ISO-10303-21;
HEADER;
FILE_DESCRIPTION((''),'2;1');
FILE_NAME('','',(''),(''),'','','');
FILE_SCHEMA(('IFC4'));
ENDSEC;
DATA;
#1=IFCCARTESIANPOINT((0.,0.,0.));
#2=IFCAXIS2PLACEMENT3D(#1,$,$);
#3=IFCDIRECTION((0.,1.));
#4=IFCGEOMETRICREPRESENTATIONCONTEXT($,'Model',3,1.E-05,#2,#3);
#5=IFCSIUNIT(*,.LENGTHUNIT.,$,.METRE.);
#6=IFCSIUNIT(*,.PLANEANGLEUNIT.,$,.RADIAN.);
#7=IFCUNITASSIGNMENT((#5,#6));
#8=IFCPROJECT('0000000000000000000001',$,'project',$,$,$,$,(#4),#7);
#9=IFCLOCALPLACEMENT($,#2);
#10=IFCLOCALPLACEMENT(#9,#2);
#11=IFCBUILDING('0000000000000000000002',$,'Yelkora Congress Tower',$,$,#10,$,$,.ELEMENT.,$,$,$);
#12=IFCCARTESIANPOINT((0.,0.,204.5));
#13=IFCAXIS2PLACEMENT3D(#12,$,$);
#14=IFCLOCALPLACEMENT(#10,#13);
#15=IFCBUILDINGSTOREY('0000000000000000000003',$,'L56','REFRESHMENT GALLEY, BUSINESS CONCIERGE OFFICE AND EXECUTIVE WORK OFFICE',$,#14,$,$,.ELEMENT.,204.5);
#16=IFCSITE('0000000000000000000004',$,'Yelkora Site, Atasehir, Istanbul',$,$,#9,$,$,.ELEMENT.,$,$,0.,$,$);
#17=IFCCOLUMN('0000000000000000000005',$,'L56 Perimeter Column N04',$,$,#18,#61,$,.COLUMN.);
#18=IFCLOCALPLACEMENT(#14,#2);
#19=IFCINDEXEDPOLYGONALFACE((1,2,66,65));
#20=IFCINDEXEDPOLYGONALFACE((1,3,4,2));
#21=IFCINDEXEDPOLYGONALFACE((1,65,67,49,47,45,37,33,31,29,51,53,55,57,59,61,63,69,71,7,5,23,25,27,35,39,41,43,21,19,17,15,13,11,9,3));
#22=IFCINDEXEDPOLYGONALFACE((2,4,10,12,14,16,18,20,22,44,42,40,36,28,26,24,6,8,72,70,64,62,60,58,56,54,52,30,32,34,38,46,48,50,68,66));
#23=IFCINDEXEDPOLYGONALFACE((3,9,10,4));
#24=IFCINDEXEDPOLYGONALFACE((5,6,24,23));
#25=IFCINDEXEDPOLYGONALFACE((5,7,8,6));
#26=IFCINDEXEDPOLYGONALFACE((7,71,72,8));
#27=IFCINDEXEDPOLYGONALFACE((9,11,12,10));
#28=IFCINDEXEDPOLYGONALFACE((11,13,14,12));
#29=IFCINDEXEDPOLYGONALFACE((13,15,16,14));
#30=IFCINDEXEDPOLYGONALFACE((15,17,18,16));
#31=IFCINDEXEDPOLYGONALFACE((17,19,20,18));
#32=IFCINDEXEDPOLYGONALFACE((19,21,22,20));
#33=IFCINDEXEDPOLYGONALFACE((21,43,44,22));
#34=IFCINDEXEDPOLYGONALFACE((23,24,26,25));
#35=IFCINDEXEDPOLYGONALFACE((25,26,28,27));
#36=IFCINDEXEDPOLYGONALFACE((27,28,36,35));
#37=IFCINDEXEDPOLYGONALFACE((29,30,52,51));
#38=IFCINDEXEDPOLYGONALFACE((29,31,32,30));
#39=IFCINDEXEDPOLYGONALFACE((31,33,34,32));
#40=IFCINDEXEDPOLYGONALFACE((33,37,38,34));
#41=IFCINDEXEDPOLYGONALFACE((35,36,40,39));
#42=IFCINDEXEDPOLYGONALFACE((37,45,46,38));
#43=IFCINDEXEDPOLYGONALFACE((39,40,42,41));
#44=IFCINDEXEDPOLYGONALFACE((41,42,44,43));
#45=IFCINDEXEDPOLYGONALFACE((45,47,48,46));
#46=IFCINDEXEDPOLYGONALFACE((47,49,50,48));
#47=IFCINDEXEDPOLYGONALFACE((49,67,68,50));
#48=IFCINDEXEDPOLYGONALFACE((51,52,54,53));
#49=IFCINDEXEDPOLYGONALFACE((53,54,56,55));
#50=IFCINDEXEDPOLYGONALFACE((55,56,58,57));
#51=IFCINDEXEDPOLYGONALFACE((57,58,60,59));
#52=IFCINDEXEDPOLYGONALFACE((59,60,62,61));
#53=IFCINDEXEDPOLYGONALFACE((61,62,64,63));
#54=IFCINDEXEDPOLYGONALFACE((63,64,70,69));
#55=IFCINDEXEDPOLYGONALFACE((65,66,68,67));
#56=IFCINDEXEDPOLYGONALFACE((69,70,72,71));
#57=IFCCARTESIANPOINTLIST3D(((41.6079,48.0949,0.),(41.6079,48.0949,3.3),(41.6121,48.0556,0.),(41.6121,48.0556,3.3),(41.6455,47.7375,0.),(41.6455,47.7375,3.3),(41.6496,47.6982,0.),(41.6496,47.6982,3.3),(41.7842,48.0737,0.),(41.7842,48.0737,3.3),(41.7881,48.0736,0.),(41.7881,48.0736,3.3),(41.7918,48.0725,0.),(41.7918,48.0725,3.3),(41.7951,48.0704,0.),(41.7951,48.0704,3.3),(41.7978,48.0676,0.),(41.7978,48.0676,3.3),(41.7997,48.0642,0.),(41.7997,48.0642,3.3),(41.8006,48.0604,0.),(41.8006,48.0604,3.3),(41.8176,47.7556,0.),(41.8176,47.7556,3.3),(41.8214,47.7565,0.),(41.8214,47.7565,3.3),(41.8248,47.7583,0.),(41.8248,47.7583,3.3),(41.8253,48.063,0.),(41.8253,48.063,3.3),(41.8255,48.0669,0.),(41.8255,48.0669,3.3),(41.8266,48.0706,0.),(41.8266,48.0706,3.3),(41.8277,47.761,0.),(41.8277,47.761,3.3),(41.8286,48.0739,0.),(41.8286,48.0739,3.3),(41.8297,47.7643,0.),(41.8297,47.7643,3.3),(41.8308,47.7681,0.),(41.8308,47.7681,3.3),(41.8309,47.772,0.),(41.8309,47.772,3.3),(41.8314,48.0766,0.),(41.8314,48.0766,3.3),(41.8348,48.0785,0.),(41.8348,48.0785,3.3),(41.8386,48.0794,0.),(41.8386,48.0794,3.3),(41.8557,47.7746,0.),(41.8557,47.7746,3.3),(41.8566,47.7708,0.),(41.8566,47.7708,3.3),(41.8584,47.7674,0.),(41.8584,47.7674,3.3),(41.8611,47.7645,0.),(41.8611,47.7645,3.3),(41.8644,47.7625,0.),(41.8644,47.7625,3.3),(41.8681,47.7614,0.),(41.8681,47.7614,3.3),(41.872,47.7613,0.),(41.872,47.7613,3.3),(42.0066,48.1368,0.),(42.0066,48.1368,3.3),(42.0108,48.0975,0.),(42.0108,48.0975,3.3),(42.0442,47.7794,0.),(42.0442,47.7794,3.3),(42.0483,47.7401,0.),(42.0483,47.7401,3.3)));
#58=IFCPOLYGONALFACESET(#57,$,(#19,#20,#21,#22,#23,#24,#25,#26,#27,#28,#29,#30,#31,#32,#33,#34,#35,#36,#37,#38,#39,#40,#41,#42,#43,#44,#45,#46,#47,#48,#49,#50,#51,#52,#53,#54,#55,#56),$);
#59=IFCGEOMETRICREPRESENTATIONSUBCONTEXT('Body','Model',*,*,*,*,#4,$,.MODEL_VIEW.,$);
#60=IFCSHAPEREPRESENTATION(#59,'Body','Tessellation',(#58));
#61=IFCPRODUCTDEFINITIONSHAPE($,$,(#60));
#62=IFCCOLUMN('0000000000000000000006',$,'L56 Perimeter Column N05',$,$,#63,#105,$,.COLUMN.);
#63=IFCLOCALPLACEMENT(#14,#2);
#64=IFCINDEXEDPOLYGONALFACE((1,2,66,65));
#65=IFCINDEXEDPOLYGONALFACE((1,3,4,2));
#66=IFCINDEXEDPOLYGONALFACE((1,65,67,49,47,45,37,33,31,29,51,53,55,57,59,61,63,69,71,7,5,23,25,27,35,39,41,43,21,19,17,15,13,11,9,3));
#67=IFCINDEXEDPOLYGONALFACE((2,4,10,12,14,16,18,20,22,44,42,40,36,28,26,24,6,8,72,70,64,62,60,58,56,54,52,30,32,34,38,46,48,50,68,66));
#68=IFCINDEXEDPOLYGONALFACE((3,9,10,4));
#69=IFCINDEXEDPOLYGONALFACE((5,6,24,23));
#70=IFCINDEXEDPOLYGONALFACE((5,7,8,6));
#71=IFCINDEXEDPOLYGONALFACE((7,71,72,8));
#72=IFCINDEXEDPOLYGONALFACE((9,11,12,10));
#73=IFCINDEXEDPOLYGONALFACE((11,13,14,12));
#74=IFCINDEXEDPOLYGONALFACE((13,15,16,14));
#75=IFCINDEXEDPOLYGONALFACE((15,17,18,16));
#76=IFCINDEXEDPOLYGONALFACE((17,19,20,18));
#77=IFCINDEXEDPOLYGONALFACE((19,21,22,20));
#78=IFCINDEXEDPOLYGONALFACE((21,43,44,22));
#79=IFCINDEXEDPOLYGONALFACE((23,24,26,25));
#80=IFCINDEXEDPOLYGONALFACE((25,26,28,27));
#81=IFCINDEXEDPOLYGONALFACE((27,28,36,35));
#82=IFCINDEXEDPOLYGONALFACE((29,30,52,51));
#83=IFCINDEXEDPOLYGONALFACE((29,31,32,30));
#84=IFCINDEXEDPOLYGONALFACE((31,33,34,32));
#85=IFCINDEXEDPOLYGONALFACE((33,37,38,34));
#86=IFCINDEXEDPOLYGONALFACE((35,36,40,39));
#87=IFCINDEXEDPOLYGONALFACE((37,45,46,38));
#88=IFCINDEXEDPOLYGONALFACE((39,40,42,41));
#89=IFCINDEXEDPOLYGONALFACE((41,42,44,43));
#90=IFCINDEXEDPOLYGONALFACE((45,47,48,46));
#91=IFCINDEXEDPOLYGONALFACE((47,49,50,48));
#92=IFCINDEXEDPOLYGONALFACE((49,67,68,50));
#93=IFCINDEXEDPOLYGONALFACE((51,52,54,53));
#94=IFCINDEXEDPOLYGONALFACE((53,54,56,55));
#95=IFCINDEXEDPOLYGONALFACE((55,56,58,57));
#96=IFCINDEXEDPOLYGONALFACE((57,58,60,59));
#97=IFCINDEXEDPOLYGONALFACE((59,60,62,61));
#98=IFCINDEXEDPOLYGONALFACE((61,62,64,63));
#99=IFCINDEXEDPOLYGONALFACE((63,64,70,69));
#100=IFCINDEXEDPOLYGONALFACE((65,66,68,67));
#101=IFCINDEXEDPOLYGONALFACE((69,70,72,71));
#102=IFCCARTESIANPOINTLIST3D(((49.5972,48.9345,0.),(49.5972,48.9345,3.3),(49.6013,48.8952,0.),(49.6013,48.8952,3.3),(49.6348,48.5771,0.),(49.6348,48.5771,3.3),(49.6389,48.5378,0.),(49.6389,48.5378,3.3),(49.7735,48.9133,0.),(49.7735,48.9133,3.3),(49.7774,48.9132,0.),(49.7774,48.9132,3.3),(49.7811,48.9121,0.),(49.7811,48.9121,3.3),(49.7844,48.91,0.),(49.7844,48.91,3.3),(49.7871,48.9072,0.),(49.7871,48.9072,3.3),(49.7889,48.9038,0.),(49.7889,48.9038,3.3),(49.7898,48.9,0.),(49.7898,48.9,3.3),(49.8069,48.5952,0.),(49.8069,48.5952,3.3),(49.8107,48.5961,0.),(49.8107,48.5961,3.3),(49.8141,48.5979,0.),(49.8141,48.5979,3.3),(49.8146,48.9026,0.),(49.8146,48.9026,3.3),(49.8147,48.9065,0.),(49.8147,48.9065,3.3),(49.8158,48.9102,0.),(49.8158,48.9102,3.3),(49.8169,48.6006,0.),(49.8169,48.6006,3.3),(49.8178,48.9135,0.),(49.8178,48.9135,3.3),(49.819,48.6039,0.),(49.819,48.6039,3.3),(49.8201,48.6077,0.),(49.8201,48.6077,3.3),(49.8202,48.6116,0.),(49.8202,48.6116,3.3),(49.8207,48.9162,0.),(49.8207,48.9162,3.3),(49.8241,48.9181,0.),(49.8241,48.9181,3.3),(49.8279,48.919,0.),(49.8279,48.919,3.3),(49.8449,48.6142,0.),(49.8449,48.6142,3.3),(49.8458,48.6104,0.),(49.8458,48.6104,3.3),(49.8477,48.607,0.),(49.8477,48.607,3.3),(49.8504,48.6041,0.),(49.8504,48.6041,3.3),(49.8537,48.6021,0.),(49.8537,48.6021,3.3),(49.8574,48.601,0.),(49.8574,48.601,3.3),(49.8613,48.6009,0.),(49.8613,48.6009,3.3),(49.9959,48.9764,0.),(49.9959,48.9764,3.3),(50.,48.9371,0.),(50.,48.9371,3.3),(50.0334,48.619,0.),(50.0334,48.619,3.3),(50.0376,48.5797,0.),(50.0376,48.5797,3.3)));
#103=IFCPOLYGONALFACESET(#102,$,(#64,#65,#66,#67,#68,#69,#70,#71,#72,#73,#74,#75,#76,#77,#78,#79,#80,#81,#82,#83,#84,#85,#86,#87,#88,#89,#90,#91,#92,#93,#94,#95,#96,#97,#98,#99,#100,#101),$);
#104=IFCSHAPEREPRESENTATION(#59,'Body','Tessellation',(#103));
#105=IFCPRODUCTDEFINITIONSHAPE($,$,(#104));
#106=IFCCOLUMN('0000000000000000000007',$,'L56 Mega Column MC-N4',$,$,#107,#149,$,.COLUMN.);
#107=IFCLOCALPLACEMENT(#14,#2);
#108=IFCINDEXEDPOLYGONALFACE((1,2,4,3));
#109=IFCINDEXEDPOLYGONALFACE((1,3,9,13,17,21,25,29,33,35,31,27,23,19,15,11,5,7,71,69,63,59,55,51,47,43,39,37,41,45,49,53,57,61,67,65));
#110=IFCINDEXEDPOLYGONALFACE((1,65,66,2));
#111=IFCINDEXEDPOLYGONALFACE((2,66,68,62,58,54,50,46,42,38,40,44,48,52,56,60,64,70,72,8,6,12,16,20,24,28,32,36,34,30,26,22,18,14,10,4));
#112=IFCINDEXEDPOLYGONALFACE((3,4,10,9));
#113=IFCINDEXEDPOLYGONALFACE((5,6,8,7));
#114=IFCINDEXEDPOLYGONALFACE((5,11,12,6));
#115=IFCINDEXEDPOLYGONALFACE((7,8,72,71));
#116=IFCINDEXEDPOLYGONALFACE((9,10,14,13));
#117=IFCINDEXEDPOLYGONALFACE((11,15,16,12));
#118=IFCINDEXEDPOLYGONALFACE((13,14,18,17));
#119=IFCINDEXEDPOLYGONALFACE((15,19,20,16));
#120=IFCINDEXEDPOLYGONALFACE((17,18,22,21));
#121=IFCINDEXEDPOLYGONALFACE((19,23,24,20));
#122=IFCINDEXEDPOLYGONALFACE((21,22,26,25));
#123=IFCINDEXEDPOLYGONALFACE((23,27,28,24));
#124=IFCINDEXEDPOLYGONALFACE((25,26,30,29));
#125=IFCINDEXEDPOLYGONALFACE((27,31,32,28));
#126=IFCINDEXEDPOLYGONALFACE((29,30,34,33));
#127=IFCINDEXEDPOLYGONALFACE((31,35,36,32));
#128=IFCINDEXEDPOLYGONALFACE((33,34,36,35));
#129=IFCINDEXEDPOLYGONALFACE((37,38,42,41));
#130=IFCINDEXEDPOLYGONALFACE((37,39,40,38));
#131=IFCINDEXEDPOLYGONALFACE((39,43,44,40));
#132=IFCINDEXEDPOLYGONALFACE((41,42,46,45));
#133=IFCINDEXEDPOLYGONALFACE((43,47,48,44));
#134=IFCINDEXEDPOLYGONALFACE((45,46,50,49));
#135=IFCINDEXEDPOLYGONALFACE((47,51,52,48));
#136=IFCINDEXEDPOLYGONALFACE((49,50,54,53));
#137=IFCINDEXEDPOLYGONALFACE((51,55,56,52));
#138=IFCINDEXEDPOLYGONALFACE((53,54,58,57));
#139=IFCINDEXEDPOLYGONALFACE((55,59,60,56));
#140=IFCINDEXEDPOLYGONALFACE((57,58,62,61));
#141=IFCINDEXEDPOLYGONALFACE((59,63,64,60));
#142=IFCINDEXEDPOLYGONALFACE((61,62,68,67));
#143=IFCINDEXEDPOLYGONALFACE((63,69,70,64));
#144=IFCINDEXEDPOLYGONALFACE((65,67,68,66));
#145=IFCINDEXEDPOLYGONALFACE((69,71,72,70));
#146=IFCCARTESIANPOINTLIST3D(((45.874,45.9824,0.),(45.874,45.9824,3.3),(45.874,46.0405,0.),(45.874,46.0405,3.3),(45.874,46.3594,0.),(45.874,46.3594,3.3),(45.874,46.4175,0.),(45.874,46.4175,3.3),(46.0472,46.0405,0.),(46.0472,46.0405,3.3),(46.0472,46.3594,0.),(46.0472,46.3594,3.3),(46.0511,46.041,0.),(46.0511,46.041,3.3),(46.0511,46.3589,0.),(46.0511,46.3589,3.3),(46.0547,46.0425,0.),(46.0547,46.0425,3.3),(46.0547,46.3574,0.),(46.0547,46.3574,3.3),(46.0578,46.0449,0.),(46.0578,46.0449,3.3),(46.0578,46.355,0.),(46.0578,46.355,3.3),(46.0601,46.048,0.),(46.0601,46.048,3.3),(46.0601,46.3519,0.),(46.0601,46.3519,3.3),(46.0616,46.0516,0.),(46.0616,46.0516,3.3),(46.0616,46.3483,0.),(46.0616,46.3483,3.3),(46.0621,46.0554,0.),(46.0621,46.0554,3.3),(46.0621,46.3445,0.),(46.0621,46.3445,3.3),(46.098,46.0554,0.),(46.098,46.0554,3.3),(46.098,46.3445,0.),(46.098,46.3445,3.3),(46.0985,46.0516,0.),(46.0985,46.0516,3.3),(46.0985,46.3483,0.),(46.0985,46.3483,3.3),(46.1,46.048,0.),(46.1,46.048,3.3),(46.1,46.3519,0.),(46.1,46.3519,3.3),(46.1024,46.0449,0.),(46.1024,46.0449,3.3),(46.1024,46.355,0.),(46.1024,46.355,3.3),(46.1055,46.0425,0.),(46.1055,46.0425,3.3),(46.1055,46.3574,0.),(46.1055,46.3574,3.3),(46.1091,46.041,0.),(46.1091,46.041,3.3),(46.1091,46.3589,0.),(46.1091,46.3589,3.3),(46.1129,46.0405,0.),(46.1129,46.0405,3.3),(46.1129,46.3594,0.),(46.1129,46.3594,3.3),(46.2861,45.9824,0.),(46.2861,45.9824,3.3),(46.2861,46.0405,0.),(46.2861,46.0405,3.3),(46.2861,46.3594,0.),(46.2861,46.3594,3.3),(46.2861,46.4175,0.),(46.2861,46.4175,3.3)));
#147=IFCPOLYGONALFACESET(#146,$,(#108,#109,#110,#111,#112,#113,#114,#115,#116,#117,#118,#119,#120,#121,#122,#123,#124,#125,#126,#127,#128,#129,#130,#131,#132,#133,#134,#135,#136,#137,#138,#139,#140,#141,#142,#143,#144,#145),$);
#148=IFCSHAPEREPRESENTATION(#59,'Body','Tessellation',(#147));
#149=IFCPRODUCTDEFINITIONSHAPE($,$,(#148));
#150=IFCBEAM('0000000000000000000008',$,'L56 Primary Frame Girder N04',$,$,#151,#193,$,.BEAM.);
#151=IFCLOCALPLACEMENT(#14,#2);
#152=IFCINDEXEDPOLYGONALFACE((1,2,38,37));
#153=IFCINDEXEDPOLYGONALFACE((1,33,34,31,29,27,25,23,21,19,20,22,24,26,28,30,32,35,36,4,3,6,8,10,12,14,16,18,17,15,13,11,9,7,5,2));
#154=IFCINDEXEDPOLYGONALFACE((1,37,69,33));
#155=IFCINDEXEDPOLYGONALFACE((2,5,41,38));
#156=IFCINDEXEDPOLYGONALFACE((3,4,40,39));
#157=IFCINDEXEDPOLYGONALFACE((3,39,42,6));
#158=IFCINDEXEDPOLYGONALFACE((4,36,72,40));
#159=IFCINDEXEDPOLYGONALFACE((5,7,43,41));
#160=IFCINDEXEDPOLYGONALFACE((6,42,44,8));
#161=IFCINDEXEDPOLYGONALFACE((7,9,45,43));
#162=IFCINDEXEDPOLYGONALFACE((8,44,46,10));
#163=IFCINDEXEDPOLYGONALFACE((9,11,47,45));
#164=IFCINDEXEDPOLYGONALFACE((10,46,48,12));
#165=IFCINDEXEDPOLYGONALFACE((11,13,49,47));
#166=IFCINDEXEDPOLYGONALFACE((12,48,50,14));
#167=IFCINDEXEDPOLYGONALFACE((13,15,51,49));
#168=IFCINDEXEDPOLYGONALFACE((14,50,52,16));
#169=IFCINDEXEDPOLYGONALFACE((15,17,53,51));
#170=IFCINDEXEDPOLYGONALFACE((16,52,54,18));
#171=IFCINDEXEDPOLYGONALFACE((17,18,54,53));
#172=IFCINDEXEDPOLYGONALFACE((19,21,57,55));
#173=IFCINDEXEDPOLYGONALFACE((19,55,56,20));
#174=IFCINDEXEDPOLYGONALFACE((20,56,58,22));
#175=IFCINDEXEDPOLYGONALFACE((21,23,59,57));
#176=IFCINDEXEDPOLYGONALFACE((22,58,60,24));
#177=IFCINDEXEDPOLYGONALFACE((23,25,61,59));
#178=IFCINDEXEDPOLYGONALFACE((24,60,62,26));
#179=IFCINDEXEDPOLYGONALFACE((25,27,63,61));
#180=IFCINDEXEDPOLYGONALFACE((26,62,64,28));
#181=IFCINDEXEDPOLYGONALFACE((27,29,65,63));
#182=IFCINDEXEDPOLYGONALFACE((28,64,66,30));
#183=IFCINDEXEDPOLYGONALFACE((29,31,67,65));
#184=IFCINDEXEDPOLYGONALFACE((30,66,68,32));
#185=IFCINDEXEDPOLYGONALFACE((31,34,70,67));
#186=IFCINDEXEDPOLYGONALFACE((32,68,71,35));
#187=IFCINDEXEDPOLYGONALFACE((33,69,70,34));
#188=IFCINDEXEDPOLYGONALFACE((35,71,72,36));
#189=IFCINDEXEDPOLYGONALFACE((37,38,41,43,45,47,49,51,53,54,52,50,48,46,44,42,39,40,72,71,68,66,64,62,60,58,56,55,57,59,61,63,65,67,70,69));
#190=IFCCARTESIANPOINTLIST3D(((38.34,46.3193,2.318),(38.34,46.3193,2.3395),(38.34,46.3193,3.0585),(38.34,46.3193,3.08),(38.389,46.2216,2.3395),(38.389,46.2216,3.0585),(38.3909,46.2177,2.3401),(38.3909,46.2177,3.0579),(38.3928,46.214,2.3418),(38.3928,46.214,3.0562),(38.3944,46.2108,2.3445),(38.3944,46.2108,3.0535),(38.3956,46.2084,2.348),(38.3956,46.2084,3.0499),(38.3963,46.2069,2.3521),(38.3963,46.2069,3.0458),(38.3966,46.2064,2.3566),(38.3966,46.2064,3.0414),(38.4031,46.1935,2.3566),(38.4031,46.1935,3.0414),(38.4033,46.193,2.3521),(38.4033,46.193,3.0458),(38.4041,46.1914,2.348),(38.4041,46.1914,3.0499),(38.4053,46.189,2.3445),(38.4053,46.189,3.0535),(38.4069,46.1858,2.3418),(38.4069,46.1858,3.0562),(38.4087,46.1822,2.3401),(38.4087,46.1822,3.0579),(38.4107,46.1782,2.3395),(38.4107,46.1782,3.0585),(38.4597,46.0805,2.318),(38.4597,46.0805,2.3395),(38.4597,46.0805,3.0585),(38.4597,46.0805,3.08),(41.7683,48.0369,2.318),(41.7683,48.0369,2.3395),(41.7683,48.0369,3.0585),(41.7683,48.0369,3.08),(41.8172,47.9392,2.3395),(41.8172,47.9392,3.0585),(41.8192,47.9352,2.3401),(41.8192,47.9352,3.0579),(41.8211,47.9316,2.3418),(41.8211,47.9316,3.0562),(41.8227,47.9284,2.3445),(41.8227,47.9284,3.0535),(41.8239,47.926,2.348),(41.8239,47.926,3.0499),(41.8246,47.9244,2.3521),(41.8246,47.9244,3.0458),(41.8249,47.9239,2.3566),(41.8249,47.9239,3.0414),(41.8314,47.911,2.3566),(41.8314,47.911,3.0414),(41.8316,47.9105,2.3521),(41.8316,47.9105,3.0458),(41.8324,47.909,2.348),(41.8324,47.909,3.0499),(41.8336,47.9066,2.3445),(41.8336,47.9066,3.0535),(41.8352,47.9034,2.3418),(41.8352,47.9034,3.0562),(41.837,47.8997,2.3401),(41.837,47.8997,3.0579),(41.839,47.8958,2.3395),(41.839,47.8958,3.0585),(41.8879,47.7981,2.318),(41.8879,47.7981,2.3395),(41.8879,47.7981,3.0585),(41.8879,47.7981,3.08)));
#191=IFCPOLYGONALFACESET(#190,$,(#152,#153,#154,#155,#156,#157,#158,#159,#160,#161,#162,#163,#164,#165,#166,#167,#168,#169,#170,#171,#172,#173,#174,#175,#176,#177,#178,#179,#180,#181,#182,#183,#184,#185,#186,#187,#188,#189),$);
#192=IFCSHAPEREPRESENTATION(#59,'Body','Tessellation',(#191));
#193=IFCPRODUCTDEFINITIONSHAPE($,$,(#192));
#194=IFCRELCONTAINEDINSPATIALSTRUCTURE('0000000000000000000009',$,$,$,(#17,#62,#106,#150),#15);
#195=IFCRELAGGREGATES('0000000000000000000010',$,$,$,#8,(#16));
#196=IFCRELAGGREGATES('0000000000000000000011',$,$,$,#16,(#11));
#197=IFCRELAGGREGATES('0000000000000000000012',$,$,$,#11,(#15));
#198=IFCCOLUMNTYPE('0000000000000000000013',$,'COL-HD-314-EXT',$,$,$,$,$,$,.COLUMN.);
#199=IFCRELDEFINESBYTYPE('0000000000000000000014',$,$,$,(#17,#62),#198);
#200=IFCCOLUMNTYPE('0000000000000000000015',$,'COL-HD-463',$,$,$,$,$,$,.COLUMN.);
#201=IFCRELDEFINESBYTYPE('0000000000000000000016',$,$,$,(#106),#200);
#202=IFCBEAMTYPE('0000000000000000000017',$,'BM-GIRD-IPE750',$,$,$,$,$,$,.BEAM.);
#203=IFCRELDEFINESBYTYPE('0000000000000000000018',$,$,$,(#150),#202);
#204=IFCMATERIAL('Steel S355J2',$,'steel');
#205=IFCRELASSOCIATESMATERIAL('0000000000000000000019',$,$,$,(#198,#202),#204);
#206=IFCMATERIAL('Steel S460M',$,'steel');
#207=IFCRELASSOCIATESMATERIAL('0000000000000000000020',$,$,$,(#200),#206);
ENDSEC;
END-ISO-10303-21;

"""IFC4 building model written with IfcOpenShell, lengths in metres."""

from ifc_helpers import new_model, si_unit, direction, frame, origin, origin_2d, place, context, subcontext, project, spatial, i_section, extrude, material, material_profile, profile_set, type_object, element, save


model = new_model("IFC4")

# Units and contexts
model_context = context("Model", 3, precision=1e-05, world=origin(), true_north=direction((0.0, 1.0)))
body_context = subcontext(model_context, "Body", "Model", "MODEL_VIEW")
ifc_project = project(units=[si_unit("LENGTHUNIT", "METRE"), si_unit("PLANEANGLEUNIT", "RADIAN")], contexts=[model_context])

# Site, building, storey
site_placement = place(None, origin())
site = spatial("IfcSite", under=ifc_project, at=site_placement, Name="Yelkora Site, Atasehir, Istanbul", CompositionType="ELEMENT", RefElevation=0.0)
building_placement = place(site_placement, origin())
building = spatial("IfcBuilding", under=site, at=building_placement, Name="Yelkora Congress Tower", CompositionType="ELEMENT")
storey_placement = place(building_placement, frame((0.0, 0.0, 204.5)))
storey = spatial("IfcBuildingStorey", under=building, at=storey_placement, Name="L56", Description="REFRESHMENT GALLEY, BUSINESS CONCIERGE OFFICE AND EXECUTIVE WORK OFFICE", CompositionType="ELEMENT", Elevation=204.5)

# Columns
ifc_material_1 = material(Name="Steel S355J2", Category="steel")
ifc_material_profile_1 = material_profile(ifc_material_1, i_section(OverallWidth=0.4009, OverallDepth=0.3989, WebThickness=0.0249, FlangeThickness=0.0396, FilletRadius=0.0149, at=origin_2d()), Name="HD 400x314")
ifc_profile_set_1 = profile_set([ifc_material_profile_1], Name="Steel S355J2")
column_type_1 = type_object("IfcColumnType", Name="COL-HD-314-EXT", PredefinedType="COLUMN", material=ifc_profile_set_1)
for number, where, z_axis, x_axis, name in (
    (1, (41.8281, 47.9175, 0.0), (0.0, 0.0, 1.0), (0.994522, 0.104528, 0.0), "L56 Perimeter Column N04"),
    (2, (49.8174, 48.7571, 0.0), (0.0, 0.0, 1.0), (0.994522, 0.104528, 0.0), "L56 Perimeter Column N05"),
):
    element("IfcColumn", number, at=place(storey_placement, frame(where, z_axis=z_axis, x_axis=x_axis)), inside=storey, type_object=column_type_1, Name=name, PredefinedType="COLUMN", context=body_context, shape_type="SweptSolid", body=[
        extrude(i_section(OverallWidth=0.4009, OverallDepth=0.3989, WebThickness=0.0249, FlangeThickness=0.0396, FilletRadius=0.0149, at=origin_2d()), origin(), (0.0, 0.0, 1.0), 3.3),
    ])
ifc_material_2 = material(Name="Steel S460M", Category="steel")
ifc_material_profile_2 = material_profile(ifc_material_2, i_section(OverallWidth=0.4121, OverallDepth=0.4351, WebThickness=0.0359, FlangeThickness=0.0581, FilletRadius=0.0149, at=origin_2d()), Name="HD 400x463")
ifc_profile_set_2 = profile_set([ifc_material_profile_2], Name="Steel S460M")
column_type_2 = type_object("IfcColumnType", Name="COL-HD-463", PredefinedType="COLUMN", material=ifc_profile_set_2)
column_placement = place(storey_placement, frame((46.0801, 46.2, 0.0), z_axis=(0.0, 0.0, 1.0), x_axis=(1.0, 0.0, 0.0)))
element("IfcColumn", 3, at=column_placement, inside=storey, type_object=column_type_2, Name="L56 Mega Column MC-N4", PredefinedType="COLUMN", context=body_context, shape_type="SweptSolid", body=[
    extrude(i_section(OverallWidth=0.4121, OverallDepth=0.4351, WebThickness=0.0359, FlangeThickness=0.0581, FilletRadius=0.0149, at=origin_2d()), origin(), (0.0, 0.0, 1.0), 3.3),
])

# Beam
ifc_material_profile_3 = material_profile(ifc_material_1, i_section(OverallWidth=0.2671, OverallDepth=0.762, WebThickness=0.0144, FlangeThickness=0.0215, FilletRadius=0.0171, at=origin_2d()), Name="IPE 750x173")
ifc_profile_set_3 = profile_set([ifc_material_profile_3], Name="Steel S355J2")
beam_type_1 = type_object("IfcBeamType", Name="BM-GIRD-IPE750", PredefinedType="BEAM", material=ifc_profile_set_3)
beam_1_placement = place(storey_placement, frame((41.8281, 47.9175, 2.699), z_axis=(-0.89407, -0.447927, 0.0), x_axis=(0.447927, -0.89407, 0.0)))
element("IfcBeam", 4, at=beam_1_placement, inside=storey, type_object=beam_type_1, Name="L56 Primary Frame Girder N04", PredefinedType="BEAM", context=body_context, shape_type="SweptSolid", body=[
    extrude(i_section(OverallWidth=0.2671, OverallDepth=0.762, WebThickness=0.0144, FlangeThickness=0.0215, FilletRadius=0.0171, at=origin_2d()), origin(), (0.0, 0.0, 1.0), 3.8345),
])

save(model, "model.ifc")
